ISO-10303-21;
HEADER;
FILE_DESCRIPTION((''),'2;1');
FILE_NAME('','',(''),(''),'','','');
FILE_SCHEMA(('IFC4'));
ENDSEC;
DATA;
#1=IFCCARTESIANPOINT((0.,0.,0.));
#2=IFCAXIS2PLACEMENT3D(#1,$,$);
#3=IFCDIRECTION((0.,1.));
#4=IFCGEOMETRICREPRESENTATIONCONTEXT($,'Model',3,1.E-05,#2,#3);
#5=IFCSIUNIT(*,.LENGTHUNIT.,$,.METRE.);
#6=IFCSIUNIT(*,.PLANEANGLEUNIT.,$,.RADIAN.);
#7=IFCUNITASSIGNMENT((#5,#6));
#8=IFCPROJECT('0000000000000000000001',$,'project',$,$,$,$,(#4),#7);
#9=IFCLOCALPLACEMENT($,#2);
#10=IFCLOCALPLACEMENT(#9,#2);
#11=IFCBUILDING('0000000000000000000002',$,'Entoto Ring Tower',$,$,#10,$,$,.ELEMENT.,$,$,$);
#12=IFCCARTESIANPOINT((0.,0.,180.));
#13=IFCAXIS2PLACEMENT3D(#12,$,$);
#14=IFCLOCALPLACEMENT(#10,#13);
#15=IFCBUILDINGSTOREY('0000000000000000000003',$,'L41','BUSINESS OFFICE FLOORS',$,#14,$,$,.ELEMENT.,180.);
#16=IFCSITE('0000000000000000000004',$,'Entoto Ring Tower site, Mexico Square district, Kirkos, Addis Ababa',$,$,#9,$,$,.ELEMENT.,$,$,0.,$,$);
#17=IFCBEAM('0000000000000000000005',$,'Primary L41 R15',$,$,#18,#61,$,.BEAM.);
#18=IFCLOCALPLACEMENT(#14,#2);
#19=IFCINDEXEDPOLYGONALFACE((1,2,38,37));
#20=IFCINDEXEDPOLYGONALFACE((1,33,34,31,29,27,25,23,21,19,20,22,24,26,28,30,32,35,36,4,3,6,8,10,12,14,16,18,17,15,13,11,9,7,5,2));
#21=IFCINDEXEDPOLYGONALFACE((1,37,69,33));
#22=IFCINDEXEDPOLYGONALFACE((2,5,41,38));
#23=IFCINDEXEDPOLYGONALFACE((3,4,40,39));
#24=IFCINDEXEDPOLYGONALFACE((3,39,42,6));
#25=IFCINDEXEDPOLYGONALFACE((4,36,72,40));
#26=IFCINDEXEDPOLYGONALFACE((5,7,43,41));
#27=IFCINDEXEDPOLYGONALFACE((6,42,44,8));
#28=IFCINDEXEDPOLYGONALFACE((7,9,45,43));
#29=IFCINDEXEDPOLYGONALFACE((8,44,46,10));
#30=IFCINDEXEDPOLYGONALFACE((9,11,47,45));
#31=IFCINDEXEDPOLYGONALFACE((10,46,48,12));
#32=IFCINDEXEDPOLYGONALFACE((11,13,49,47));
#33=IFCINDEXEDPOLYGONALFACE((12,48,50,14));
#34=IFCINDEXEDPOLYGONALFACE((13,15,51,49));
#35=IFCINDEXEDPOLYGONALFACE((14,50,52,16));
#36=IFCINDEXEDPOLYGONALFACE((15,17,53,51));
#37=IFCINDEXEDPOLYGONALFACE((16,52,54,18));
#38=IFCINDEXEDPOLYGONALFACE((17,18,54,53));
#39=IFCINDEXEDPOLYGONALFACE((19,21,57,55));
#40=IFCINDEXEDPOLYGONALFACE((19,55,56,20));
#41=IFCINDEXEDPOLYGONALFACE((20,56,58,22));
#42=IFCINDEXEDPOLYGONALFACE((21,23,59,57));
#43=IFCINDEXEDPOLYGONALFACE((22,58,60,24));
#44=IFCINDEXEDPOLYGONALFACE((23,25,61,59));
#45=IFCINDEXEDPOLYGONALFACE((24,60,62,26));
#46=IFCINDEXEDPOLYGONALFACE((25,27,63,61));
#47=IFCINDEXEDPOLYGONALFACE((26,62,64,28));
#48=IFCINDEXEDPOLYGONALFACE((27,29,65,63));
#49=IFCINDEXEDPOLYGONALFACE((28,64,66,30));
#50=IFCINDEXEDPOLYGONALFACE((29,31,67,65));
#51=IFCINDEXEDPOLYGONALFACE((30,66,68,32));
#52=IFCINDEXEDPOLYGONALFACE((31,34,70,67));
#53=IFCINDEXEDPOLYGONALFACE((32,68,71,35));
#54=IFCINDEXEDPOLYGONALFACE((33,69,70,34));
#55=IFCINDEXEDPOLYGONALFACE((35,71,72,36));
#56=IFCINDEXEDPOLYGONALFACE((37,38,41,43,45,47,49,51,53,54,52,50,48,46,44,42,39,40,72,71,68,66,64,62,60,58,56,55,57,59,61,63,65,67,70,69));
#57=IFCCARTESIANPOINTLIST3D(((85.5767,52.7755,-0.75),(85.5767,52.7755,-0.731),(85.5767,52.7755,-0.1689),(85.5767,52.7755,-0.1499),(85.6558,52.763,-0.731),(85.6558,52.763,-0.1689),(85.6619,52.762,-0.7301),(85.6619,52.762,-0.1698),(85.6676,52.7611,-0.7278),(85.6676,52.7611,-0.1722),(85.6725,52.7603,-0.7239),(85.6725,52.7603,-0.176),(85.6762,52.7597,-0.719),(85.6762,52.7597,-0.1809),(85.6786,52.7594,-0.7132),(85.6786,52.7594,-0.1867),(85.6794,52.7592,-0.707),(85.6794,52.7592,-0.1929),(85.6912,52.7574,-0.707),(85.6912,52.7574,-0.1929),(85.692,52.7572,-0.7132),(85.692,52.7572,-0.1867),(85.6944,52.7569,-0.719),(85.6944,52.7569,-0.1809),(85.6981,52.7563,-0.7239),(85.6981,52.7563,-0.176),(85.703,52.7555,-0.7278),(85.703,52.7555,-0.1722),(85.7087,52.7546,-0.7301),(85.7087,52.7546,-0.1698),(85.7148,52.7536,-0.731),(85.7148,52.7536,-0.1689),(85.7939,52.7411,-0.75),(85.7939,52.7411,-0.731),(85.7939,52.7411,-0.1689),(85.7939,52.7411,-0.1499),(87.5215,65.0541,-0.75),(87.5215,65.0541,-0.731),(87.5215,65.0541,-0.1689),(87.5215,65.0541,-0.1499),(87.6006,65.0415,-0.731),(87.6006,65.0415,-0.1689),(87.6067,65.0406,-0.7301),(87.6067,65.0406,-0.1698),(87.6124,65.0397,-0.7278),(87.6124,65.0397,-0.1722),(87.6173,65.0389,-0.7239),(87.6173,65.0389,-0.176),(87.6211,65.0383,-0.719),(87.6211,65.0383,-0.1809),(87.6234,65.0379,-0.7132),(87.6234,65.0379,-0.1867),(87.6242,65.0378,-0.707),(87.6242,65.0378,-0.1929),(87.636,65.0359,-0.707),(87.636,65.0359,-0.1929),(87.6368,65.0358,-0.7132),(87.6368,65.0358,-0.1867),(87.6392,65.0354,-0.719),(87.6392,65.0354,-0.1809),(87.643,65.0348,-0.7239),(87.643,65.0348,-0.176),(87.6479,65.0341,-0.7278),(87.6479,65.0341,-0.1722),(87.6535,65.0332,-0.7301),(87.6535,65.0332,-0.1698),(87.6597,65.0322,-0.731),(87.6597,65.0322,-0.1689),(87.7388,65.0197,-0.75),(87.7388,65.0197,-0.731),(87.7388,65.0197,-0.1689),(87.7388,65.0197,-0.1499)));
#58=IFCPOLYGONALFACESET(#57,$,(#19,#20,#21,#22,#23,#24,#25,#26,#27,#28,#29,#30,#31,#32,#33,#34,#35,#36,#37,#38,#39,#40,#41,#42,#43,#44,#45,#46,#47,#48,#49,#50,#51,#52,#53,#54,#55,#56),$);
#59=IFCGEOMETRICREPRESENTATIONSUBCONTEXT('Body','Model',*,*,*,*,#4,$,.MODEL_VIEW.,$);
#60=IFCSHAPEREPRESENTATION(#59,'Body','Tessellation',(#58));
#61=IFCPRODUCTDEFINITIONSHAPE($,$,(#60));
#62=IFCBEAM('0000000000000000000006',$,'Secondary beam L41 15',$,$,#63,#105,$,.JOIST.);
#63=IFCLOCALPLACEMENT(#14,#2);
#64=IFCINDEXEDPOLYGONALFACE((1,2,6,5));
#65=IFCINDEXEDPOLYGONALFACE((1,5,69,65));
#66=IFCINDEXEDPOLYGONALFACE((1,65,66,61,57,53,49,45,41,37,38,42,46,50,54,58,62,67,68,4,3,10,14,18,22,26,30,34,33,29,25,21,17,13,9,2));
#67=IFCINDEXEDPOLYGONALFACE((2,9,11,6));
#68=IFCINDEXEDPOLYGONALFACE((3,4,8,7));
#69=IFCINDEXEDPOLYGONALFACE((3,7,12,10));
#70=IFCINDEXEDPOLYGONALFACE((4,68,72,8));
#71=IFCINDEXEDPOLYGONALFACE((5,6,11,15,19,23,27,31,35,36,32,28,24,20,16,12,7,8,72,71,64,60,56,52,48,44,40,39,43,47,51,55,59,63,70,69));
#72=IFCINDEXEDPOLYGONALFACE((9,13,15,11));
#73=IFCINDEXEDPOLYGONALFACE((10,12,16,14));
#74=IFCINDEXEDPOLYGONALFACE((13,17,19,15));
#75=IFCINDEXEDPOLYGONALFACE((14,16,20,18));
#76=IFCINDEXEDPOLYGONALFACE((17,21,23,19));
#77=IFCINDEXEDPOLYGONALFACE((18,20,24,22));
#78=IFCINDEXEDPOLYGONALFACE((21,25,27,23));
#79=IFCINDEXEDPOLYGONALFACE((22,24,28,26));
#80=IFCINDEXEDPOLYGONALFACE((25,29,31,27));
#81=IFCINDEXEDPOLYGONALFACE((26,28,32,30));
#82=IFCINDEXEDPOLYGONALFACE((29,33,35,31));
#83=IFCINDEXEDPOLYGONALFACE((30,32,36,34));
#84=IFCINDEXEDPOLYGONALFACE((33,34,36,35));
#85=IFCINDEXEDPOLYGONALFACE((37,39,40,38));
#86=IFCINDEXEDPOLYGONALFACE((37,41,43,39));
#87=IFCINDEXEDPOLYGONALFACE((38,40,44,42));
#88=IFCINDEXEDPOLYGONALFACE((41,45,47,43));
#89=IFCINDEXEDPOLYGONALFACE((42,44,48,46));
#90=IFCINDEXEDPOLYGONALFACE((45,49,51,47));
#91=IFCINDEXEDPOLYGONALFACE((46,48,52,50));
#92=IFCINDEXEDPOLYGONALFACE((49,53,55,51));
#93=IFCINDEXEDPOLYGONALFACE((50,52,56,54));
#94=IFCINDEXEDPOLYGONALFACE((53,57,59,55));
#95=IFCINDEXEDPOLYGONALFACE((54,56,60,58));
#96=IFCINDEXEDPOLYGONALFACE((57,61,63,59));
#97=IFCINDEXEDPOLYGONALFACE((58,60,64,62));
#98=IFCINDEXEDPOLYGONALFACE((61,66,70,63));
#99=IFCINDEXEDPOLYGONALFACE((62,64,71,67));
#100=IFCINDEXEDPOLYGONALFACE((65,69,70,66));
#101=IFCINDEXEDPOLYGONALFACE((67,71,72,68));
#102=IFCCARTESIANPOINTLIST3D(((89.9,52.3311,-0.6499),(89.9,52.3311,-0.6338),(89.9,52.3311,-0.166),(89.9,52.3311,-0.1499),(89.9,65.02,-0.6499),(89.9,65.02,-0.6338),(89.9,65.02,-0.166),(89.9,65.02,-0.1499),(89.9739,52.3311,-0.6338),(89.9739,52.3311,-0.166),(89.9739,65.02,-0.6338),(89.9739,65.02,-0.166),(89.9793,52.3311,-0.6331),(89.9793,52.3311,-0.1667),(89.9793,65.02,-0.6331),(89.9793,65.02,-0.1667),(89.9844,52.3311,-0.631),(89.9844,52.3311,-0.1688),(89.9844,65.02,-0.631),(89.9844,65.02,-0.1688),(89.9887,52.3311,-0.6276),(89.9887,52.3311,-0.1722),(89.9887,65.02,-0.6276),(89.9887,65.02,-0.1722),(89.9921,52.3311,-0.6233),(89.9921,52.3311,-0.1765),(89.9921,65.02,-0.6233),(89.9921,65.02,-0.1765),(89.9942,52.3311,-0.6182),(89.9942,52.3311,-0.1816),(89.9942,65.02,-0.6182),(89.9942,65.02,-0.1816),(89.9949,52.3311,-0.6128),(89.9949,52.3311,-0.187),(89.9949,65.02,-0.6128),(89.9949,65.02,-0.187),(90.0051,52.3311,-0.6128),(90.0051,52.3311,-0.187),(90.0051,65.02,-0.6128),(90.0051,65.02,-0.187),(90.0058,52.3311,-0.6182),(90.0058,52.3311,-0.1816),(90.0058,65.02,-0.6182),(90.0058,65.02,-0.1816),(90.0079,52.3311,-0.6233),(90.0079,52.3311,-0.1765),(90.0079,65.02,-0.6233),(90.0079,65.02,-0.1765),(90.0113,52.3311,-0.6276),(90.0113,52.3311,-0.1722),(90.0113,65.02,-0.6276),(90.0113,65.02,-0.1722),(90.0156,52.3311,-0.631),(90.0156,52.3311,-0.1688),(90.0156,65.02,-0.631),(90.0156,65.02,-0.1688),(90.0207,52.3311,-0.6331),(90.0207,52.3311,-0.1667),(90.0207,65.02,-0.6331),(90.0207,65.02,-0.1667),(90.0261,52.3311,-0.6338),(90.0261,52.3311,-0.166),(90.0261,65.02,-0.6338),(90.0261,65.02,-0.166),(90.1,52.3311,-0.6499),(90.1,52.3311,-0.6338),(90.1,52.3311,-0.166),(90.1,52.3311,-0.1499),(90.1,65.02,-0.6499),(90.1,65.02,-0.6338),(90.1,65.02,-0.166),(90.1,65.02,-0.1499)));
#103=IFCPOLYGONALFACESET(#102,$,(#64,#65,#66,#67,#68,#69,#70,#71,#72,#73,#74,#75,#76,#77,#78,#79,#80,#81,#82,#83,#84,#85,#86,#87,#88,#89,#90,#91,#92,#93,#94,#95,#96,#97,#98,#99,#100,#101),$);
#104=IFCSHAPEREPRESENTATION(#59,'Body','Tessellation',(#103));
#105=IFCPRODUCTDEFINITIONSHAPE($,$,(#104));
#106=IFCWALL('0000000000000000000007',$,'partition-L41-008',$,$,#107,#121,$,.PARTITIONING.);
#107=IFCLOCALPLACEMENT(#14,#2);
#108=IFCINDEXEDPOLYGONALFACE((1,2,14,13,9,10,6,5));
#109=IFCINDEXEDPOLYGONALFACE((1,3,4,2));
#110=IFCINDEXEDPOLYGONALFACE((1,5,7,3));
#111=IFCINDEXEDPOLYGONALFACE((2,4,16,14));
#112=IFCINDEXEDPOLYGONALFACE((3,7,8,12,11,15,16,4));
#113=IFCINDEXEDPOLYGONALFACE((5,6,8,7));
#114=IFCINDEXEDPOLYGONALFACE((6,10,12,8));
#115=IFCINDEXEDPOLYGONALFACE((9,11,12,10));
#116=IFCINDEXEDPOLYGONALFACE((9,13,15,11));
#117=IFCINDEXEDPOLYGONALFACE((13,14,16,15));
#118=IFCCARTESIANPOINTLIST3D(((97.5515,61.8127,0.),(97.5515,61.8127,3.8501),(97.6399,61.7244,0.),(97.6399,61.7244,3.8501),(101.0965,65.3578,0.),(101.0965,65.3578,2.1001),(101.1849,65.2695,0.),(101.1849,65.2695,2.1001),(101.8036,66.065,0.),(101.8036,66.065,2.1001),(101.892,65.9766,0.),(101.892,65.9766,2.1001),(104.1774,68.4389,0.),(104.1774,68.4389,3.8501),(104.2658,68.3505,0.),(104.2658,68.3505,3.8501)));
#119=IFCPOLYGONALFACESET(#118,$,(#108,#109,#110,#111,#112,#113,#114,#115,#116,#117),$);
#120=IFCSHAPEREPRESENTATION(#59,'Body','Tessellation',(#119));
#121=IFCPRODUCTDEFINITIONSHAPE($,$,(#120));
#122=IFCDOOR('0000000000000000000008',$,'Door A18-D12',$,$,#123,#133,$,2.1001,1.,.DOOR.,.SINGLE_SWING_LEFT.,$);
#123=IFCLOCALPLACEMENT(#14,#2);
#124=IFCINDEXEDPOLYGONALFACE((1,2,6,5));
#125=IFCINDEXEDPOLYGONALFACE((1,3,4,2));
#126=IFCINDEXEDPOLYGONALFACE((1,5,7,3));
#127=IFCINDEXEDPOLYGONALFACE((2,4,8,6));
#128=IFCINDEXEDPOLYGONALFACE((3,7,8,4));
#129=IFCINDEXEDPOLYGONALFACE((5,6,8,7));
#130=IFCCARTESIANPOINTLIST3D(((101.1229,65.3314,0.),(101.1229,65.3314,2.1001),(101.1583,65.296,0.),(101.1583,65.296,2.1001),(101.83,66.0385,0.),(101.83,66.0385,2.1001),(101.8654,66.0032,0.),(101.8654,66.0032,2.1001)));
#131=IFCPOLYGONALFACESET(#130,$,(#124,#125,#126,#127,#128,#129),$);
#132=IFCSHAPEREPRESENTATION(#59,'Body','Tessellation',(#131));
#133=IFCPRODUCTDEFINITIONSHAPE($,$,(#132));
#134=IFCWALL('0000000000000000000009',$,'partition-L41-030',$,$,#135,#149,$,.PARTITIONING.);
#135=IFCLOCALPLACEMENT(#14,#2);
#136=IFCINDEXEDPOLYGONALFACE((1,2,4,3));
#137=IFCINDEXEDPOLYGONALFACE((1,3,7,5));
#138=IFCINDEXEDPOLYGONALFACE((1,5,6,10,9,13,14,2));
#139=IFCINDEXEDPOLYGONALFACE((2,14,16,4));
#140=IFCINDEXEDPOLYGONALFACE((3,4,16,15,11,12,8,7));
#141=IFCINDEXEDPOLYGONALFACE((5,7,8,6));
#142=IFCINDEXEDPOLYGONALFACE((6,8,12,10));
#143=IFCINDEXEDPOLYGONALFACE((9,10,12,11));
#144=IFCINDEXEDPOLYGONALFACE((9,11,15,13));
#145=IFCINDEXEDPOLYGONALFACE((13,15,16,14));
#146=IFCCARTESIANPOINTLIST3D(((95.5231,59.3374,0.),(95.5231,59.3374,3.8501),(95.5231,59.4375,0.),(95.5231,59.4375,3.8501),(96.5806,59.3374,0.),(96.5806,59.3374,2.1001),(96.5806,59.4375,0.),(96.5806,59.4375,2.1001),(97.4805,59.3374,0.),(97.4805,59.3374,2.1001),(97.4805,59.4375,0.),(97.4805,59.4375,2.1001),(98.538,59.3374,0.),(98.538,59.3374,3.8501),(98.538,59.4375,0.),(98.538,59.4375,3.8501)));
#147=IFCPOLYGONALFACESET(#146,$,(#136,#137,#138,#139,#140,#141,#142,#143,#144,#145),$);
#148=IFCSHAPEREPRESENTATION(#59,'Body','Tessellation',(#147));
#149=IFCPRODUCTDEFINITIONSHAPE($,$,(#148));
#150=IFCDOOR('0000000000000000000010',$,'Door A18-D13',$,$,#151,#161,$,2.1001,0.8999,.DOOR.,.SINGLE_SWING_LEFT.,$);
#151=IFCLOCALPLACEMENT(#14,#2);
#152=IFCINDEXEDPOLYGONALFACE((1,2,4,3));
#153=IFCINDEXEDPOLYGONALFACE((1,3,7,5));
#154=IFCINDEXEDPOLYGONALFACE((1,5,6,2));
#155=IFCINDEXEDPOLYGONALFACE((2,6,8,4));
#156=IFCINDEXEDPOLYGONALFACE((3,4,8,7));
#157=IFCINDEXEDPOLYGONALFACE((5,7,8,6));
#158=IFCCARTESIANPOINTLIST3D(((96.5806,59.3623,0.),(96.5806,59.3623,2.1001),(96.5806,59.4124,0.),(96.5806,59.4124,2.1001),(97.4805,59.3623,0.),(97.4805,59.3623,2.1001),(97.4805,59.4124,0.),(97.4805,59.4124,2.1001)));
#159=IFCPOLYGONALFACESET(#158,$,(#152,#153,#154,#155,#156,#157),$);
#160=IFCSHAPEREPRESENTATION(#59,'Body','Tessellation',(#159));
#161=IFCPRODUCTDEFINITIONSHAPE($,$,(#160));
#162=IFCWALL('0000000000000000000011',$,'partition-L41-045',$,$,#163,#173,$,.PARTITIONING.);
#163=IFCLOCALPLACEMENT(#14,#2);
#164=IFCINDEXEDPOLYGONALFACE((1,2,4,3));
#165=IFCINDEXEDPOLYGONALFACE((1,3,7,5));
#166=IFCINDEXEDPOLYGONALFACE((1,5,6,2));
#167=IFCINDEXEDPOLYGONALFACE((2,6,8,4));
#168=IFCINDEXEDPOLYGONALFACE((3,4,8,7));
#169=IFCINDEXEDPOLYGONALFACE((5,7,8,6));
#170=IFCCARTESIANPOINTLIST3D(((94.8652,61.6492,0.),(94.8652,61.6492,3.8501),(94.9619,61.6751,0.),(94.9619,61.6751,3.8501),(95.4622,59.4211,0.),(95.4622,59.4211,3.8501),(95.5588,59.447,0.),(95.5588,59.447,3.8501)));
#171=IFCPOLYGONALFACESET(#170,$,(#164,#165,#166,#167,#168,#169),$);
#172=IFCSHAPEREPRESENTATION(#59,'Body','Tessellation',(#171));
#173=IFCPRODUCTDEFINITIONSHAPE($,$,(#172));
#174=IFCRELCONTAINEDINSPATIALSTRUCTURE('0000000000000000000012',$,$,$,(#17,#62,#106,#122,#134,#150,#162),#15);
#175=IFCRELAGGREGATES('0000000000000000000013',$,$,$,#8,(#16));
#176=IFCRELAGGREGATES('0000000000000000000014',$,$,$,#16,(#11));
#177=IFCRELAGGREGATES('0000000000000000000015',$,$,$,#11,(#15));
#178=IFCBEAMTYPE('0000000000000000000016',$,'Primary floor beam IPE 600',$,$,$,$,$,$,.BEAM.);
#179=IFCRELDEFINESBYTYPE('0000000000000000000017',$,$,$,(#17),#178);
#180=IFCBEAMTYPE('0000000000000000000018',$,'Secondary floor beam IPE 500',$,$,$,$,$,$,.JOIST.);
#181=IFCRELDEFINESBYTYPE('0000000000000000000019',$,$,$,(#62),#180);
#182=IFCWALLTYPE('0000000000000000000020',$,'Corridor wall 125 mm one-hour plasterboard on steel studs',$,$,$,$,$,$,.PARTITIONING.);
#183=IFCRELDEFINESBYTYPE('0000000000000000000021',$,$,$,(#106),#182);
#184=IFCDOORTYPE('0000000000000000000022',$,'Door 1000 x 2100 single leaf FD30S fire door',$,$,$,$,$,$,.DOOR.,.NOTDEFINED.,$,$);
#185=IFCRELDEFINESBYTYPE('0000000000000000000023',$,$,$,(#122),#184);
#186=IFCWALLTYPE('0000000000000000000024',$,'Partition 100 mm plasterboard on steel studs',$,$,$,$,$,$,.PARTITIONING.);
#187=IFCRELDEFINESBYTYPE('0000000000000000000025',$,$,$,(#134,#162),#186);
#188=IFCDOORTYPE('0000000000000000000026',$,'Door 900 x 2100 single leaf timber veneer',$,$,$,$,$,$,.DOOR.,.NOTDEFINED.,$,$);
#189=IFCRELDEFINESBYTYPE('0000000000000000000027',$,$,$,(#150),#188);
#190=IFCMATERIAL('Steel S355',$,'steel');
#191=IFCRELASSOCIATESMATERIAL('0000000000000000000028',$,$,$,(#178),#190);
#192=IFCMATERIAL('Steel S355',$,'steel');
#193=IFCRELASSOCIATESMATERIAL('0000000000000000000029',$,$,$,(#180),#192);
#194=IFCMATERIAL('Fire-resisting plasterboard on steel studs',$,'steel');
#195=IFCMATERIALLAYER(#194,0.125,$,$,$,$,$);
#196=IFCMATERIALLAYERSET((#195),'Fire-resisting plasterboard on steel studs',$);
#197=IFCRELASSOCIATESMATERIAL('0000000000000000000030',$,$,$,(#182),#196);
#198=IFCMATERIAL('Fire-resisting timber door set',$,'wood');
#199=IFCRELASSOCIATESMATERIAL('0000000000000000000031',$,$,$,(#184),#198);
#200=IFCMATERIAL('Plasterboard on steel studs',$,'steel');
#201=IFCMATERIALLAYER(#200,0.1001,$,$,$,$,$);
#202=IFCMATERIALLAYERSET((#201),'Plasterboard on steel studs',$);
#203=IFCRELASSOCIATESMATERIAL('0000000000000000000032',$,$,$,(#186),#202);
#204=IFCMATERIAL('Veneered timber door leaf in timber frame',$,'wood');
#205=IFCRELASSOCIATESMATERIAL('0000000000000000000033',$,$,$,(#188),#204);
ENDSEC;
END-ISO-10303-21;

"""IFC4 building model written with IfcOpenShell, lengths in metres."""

from ifc_helpers import new_model, si_unit, direction, frame, frame_2d, origin, origin_2d, place, context, subcontext, project, spatial, rectangle, i_section, extrude, material, layer, layer_set, material_profile, profile_set, type_object, element, fill, save


model = new_model("IFC4")

# Units and contexts
model_context = context("Model", 3, precision=1e-05, world=origin(), true_north=direction((0.0, 1.0)))
body_context = subcontext(model_context, "Body", "Model", "MODEL_VIEW")
ifc_project = project(units=[si_unit("LENGTHUNIT", "METRE"), si_unit("PLANEANGLEUNIT", "RADIAN")], contexts=[model_context])

# Site, building, storey
site_placement = place(None, origin())
site = spatial("IfcSite", under=ifc_project, at=site_placement, Name="Entoto Ring Tower site, Mexico Square district, Kirkos, Addis Ababa", CompositionType="ELEMENT", RefElevation=0.0)
building_placement = place(site_placement, origin())
building = spatial("IfcBuilding", under=site, at=building_placement, Name="Entoto Ring Tower", CompositionType="ELEMENT")
storey_placement = place(building_placement, frame((0.0, 0.0, 180.0)))
storey = spatial("IfcBuildingStorey", under=building, at=storey_placement, Name="L41", Description="BUSINESS OFFICE FLOORS", CompositionType="ELEMENT", Elevation=180.0)

# Beams
ifc_material_1 = material(Name="Steel S355", Category="steel")
ifc_material_profile_1 = material_profile(ifc_material_1, i_section(OverallWidth=0.22, OverallDepth=0.6001, WebThickness=0.012, FlangeThickness=0.019, FilletRadius=0.0239, at=origin_2d()), Name="IPE 600")
ifc_profile_set_1 = profile_set([ifc_material_profile_1], Name="Steel S355")
beam_type_1 = type_object("IfcBeamType", Name="Primary floor beam IPE 600", PredefinedType="BEAM", material=ifc_profile_set_1)
beam_1_placement = place(storey_placement, frame((87.6301, 65.0369, -0.45), z_axis=(-0.156442, -0.987687, 0.0), x_axis=(0.987687, -0.156442, 0.0)))
element("IfcBeam", 1, at=beam_1_placement, inside=storey, type_object=beam_type_1, Name="Primary L41 R15", PredefinedType="BEAM", context=body_context, shape_type="SweptSolid", body=[
    extrude(i_section(OverallWidth=0.22, OverallDepth=0.6001, WebThickness=0.012, FlangeThickness=0.019, FilletRadius=0.0239, at=origin_2d()), origin(), (0.0, 0.0, 1.0), 12.4316),
])
ifc_material_2 = material(Name="Steel S355", Category="steel")
ifc_material_profile_2 = material_profile(ifc_material_2, i_section(OverallWidth=0.2, OverallDepth=0.5, WebThickness=0.0103, FlangeThickness=0.0161, FilletRadius=0.021, at=origin_2d()), Name="IPE 500")
ifc_profile_set_2 = profile_set([ifc_material_profile_2], Name="Steel S355")
beam_type_2 = type_object("IfcBeamType", Name="Secondary floor beam IPE 500", PredefinedType="JOIST", material=ifc_profile_set_2)
beam_2_placement = place(storey_placement, frame((90.0, 65.02, -0.3999), z_axis=(0.0, -1.0, 0.0), x_axis=(1.0, 0.0, 0.0)))
element("IfcBeam", 2, at=beam_2_placement, inside=storey, type_object=beam_type_2, Name="Secondary beam L41 15", PredefinedType="JOIST", context=body_context, shape_type="SweptSolid", body=[
    extrude(i_section(OverallWidth=0.2, OverallDepth=0.5, WebThickness=0.0103, FlangeThickness=0.0161, FilletRadius=0.021, at=origin_2d()), origin(), (0.0, 0.0, 1.0), 12.689),
])

# Walls, openings, doors
ifc_material_3 = material(Name="Fire-resisting plasterboard on steel studs", Category="steel")
ifc_layer_1 = layer(ifc_material_3, 0.125)
ifc_layer_set_1 = layer_set([ifc_layer_1], Name="Fire-resisting plasterboard on steel studs")
wall_type_1 = type_object("IfcWallType", Name="Corridor wall 125 mm one-hour plasterboard on steel studs", PredefinedType="PARTITIONING", material=ifc_layer_set_1)
wall_1_placement = place(storey_placement, frame((97.5957, 61.7686, 0.0), z_axis=(0.0, 0.0, 1.0), x_axis=(0.707094, 0.70712, 0.0)))
wall_1 = element("IfcWall", 3, at=wall_1_placement, inside=storey, type_object=wall_type_1, Name="partition-L41-008", PredefinedType="PARTITIONING", context=body_context, shape_type="SweptSolid", body=[
    extrude(rectangle(XDim=9.3706, YDim=0.125, at=frame_2d((4.6853, 0.0))), origin(), (0.0, 0.0, 1.0), 3.8501),
])
opening_1_placement = place(wall_1_placement, frame((5.0134, 0.0, 0.0)))
opening_1 = element("IfcOpeningElement", 4, at=opening_1_placement, cuts=wall_1, PredefinedType="OPENING", context=body_context, shape_type="SweptSolid", body=[
    extrude(rectangle(XDim=1.0, YDim=2.1001, at=frame_2d((0.5, 1.05))), frame((0.0, 0.0725, 0.0), z_axis=(0.0, -1.0, 0.0), x_axis=(1.0, 0.0, 0.0)), (0.0, 0.0, 1.0), 0.145),
])
ifc_material_4 = material(Name="Fire-resisting timber door set", Category="wood")
door_type_1 = type_object("IfcDoorType", Name="Door 1000 x 2100 single leaf FD30S fire door", OperationType="NOTDEFINED", PredefinedType="DOOR", material=ifc_material_4)
door_1_placement = place(opening_1_placement, frame((1.0, 0.0, 0.0), z_axis=(0.0, 0.0, 1.0), x_axis=(-1.0, 0.0, 0.0)))
door_1 = element("IfcDoor", 5, at=door_1_placement, inside=storey, type_object=door_type_1, Name="Door A18-D12", OperationType="SINGLE_SWING_LEFT", OverallHeight=2.1001, OverallWidth=1.0, PredefinedType="DOOR", context=body_context, shape_type="SweptSolid", body=[
    extrude(rectangle(XDim=1.0, YDim=2.1001, at=frame_2d((0.5, 1.05))), frame((0.0, 0.0249, 0.0), z_axis=(0.0, -1.0, 0.0), x_axis=(1.0, 0.0, 0.0)), (0.0, 0.0, 1.0), 0.05),
])
fill(opening_1, door_1)
ifc_material_5 = material(Name="Plasterboard on steel studs", Category="steel")
ifc_layer_2 = layer(ifc_material_5, 0.1001)
ifc_layer_set_2 = layer_set([ifc_layer_2], Name="Plasterboard on steel studs")
wall_type_2 = type_object("IfcWallType", Name="Partition 100 mm plasterboard on steel studs", PredefinedType="PARTITIONING", material=ifc_layer_set_2)
wall_2_placement = place(storey_placement, frame((95.5232, 59.3875, 0.0), z_axis=(0.0, 0.0, 1.0), x_axis=(1.0, 0.0, 0.0)))
wall_2 = element("IfcWall", 6, at=wall_2_placement, inside=storey, type_object=wall_type_2, Name="partition-L41-030", PredefinedType="PARTITIONING", context=body_context, shape_type="SweptSolid", body=[
    extrude(rectangle(XDim=3.0149, YDim=0.1001, at=frame_2d((1.5073, 0.0))), origin(), (0.0, 0.0, 1.0), 3.8501),
])
opening_2_placement = place(wall_2_placement, frame((1.0574, 0.0, 0.0)))
opening_2 = element("IfcOpeningElement", 7, at=opening_2_placement, cuts=wall_2, PredefinedType="OPENING", context=body_context, shape_type="SweptSolid", body=[
    extrude(rectangle(XDim=0.8999, YDim=2.1001, at=frame_2d((0.45, 1.05))), frame((0.0, 0.0601, 0.0), z_axis=(0.0, -1.0, 0.0), x_axis=(1.0, 0.0, 0.0)), (0.0, 0.0, 1.0), 0.1201),
])
ifc_material_6 = material(Name="Veneered timber door leaf in timber frame", Category="wood")
door_type_2 = type_object("IfcDoorType", Name="Door 900 x 2100 single leaf timber veneer", OperationType="NOTDEFINED", PredefinedType="DOOR", material=ifc_material_6)
door_2_placement = place(opening_2_placement, origin())
door_2 = element("IfcDoor", 8, at=door_2_placement, inside=storey, type_object=door_type_2, Name="Door A18-D13", OperationType="SINGLE_SWING_LEFT", OverallHeight=2.1001, OverallWidth=0.8999, PredefinedType="DOOR", context=body_context, shape_type="SweptSolid", body=[
    extrude(rectangle(XDim=0.8999, YDim=2.1001, at=frame_2d((0.45, 1.05))), frame((0.0, 0.0249, 0.0), z_axis=(0.0, -1.0, 0.0), x_axis=(1.0, 0.0, 0.0)), (0.0, 0.0, 1.0), 0.05),
])
fill(opening_2, door_2)

# Wall
wall_3_placement = place(storey_placement, frame((95.5105, 59.4341, 0.0), z_axis=(0.0, 0.0, 1.0), x_axis=(-0.258789, 0.965934, 0.0)))
element("IfcWall", 9, at=wall_3_placement, inside=storey, type_object=wall_type_2, Name="partition-L41-045", PredefinedType="PARTITIONING", context=body_context, shape_type="SweptSolid", body=[
    extrude(rectangle(XDim=2.3066, YDim=0.1001, at=frame_2d((1.1533, 0.0))), origin(), (0.0, 0.0, 1.0), 3.8501),
])

save(model, "model.ifc")
